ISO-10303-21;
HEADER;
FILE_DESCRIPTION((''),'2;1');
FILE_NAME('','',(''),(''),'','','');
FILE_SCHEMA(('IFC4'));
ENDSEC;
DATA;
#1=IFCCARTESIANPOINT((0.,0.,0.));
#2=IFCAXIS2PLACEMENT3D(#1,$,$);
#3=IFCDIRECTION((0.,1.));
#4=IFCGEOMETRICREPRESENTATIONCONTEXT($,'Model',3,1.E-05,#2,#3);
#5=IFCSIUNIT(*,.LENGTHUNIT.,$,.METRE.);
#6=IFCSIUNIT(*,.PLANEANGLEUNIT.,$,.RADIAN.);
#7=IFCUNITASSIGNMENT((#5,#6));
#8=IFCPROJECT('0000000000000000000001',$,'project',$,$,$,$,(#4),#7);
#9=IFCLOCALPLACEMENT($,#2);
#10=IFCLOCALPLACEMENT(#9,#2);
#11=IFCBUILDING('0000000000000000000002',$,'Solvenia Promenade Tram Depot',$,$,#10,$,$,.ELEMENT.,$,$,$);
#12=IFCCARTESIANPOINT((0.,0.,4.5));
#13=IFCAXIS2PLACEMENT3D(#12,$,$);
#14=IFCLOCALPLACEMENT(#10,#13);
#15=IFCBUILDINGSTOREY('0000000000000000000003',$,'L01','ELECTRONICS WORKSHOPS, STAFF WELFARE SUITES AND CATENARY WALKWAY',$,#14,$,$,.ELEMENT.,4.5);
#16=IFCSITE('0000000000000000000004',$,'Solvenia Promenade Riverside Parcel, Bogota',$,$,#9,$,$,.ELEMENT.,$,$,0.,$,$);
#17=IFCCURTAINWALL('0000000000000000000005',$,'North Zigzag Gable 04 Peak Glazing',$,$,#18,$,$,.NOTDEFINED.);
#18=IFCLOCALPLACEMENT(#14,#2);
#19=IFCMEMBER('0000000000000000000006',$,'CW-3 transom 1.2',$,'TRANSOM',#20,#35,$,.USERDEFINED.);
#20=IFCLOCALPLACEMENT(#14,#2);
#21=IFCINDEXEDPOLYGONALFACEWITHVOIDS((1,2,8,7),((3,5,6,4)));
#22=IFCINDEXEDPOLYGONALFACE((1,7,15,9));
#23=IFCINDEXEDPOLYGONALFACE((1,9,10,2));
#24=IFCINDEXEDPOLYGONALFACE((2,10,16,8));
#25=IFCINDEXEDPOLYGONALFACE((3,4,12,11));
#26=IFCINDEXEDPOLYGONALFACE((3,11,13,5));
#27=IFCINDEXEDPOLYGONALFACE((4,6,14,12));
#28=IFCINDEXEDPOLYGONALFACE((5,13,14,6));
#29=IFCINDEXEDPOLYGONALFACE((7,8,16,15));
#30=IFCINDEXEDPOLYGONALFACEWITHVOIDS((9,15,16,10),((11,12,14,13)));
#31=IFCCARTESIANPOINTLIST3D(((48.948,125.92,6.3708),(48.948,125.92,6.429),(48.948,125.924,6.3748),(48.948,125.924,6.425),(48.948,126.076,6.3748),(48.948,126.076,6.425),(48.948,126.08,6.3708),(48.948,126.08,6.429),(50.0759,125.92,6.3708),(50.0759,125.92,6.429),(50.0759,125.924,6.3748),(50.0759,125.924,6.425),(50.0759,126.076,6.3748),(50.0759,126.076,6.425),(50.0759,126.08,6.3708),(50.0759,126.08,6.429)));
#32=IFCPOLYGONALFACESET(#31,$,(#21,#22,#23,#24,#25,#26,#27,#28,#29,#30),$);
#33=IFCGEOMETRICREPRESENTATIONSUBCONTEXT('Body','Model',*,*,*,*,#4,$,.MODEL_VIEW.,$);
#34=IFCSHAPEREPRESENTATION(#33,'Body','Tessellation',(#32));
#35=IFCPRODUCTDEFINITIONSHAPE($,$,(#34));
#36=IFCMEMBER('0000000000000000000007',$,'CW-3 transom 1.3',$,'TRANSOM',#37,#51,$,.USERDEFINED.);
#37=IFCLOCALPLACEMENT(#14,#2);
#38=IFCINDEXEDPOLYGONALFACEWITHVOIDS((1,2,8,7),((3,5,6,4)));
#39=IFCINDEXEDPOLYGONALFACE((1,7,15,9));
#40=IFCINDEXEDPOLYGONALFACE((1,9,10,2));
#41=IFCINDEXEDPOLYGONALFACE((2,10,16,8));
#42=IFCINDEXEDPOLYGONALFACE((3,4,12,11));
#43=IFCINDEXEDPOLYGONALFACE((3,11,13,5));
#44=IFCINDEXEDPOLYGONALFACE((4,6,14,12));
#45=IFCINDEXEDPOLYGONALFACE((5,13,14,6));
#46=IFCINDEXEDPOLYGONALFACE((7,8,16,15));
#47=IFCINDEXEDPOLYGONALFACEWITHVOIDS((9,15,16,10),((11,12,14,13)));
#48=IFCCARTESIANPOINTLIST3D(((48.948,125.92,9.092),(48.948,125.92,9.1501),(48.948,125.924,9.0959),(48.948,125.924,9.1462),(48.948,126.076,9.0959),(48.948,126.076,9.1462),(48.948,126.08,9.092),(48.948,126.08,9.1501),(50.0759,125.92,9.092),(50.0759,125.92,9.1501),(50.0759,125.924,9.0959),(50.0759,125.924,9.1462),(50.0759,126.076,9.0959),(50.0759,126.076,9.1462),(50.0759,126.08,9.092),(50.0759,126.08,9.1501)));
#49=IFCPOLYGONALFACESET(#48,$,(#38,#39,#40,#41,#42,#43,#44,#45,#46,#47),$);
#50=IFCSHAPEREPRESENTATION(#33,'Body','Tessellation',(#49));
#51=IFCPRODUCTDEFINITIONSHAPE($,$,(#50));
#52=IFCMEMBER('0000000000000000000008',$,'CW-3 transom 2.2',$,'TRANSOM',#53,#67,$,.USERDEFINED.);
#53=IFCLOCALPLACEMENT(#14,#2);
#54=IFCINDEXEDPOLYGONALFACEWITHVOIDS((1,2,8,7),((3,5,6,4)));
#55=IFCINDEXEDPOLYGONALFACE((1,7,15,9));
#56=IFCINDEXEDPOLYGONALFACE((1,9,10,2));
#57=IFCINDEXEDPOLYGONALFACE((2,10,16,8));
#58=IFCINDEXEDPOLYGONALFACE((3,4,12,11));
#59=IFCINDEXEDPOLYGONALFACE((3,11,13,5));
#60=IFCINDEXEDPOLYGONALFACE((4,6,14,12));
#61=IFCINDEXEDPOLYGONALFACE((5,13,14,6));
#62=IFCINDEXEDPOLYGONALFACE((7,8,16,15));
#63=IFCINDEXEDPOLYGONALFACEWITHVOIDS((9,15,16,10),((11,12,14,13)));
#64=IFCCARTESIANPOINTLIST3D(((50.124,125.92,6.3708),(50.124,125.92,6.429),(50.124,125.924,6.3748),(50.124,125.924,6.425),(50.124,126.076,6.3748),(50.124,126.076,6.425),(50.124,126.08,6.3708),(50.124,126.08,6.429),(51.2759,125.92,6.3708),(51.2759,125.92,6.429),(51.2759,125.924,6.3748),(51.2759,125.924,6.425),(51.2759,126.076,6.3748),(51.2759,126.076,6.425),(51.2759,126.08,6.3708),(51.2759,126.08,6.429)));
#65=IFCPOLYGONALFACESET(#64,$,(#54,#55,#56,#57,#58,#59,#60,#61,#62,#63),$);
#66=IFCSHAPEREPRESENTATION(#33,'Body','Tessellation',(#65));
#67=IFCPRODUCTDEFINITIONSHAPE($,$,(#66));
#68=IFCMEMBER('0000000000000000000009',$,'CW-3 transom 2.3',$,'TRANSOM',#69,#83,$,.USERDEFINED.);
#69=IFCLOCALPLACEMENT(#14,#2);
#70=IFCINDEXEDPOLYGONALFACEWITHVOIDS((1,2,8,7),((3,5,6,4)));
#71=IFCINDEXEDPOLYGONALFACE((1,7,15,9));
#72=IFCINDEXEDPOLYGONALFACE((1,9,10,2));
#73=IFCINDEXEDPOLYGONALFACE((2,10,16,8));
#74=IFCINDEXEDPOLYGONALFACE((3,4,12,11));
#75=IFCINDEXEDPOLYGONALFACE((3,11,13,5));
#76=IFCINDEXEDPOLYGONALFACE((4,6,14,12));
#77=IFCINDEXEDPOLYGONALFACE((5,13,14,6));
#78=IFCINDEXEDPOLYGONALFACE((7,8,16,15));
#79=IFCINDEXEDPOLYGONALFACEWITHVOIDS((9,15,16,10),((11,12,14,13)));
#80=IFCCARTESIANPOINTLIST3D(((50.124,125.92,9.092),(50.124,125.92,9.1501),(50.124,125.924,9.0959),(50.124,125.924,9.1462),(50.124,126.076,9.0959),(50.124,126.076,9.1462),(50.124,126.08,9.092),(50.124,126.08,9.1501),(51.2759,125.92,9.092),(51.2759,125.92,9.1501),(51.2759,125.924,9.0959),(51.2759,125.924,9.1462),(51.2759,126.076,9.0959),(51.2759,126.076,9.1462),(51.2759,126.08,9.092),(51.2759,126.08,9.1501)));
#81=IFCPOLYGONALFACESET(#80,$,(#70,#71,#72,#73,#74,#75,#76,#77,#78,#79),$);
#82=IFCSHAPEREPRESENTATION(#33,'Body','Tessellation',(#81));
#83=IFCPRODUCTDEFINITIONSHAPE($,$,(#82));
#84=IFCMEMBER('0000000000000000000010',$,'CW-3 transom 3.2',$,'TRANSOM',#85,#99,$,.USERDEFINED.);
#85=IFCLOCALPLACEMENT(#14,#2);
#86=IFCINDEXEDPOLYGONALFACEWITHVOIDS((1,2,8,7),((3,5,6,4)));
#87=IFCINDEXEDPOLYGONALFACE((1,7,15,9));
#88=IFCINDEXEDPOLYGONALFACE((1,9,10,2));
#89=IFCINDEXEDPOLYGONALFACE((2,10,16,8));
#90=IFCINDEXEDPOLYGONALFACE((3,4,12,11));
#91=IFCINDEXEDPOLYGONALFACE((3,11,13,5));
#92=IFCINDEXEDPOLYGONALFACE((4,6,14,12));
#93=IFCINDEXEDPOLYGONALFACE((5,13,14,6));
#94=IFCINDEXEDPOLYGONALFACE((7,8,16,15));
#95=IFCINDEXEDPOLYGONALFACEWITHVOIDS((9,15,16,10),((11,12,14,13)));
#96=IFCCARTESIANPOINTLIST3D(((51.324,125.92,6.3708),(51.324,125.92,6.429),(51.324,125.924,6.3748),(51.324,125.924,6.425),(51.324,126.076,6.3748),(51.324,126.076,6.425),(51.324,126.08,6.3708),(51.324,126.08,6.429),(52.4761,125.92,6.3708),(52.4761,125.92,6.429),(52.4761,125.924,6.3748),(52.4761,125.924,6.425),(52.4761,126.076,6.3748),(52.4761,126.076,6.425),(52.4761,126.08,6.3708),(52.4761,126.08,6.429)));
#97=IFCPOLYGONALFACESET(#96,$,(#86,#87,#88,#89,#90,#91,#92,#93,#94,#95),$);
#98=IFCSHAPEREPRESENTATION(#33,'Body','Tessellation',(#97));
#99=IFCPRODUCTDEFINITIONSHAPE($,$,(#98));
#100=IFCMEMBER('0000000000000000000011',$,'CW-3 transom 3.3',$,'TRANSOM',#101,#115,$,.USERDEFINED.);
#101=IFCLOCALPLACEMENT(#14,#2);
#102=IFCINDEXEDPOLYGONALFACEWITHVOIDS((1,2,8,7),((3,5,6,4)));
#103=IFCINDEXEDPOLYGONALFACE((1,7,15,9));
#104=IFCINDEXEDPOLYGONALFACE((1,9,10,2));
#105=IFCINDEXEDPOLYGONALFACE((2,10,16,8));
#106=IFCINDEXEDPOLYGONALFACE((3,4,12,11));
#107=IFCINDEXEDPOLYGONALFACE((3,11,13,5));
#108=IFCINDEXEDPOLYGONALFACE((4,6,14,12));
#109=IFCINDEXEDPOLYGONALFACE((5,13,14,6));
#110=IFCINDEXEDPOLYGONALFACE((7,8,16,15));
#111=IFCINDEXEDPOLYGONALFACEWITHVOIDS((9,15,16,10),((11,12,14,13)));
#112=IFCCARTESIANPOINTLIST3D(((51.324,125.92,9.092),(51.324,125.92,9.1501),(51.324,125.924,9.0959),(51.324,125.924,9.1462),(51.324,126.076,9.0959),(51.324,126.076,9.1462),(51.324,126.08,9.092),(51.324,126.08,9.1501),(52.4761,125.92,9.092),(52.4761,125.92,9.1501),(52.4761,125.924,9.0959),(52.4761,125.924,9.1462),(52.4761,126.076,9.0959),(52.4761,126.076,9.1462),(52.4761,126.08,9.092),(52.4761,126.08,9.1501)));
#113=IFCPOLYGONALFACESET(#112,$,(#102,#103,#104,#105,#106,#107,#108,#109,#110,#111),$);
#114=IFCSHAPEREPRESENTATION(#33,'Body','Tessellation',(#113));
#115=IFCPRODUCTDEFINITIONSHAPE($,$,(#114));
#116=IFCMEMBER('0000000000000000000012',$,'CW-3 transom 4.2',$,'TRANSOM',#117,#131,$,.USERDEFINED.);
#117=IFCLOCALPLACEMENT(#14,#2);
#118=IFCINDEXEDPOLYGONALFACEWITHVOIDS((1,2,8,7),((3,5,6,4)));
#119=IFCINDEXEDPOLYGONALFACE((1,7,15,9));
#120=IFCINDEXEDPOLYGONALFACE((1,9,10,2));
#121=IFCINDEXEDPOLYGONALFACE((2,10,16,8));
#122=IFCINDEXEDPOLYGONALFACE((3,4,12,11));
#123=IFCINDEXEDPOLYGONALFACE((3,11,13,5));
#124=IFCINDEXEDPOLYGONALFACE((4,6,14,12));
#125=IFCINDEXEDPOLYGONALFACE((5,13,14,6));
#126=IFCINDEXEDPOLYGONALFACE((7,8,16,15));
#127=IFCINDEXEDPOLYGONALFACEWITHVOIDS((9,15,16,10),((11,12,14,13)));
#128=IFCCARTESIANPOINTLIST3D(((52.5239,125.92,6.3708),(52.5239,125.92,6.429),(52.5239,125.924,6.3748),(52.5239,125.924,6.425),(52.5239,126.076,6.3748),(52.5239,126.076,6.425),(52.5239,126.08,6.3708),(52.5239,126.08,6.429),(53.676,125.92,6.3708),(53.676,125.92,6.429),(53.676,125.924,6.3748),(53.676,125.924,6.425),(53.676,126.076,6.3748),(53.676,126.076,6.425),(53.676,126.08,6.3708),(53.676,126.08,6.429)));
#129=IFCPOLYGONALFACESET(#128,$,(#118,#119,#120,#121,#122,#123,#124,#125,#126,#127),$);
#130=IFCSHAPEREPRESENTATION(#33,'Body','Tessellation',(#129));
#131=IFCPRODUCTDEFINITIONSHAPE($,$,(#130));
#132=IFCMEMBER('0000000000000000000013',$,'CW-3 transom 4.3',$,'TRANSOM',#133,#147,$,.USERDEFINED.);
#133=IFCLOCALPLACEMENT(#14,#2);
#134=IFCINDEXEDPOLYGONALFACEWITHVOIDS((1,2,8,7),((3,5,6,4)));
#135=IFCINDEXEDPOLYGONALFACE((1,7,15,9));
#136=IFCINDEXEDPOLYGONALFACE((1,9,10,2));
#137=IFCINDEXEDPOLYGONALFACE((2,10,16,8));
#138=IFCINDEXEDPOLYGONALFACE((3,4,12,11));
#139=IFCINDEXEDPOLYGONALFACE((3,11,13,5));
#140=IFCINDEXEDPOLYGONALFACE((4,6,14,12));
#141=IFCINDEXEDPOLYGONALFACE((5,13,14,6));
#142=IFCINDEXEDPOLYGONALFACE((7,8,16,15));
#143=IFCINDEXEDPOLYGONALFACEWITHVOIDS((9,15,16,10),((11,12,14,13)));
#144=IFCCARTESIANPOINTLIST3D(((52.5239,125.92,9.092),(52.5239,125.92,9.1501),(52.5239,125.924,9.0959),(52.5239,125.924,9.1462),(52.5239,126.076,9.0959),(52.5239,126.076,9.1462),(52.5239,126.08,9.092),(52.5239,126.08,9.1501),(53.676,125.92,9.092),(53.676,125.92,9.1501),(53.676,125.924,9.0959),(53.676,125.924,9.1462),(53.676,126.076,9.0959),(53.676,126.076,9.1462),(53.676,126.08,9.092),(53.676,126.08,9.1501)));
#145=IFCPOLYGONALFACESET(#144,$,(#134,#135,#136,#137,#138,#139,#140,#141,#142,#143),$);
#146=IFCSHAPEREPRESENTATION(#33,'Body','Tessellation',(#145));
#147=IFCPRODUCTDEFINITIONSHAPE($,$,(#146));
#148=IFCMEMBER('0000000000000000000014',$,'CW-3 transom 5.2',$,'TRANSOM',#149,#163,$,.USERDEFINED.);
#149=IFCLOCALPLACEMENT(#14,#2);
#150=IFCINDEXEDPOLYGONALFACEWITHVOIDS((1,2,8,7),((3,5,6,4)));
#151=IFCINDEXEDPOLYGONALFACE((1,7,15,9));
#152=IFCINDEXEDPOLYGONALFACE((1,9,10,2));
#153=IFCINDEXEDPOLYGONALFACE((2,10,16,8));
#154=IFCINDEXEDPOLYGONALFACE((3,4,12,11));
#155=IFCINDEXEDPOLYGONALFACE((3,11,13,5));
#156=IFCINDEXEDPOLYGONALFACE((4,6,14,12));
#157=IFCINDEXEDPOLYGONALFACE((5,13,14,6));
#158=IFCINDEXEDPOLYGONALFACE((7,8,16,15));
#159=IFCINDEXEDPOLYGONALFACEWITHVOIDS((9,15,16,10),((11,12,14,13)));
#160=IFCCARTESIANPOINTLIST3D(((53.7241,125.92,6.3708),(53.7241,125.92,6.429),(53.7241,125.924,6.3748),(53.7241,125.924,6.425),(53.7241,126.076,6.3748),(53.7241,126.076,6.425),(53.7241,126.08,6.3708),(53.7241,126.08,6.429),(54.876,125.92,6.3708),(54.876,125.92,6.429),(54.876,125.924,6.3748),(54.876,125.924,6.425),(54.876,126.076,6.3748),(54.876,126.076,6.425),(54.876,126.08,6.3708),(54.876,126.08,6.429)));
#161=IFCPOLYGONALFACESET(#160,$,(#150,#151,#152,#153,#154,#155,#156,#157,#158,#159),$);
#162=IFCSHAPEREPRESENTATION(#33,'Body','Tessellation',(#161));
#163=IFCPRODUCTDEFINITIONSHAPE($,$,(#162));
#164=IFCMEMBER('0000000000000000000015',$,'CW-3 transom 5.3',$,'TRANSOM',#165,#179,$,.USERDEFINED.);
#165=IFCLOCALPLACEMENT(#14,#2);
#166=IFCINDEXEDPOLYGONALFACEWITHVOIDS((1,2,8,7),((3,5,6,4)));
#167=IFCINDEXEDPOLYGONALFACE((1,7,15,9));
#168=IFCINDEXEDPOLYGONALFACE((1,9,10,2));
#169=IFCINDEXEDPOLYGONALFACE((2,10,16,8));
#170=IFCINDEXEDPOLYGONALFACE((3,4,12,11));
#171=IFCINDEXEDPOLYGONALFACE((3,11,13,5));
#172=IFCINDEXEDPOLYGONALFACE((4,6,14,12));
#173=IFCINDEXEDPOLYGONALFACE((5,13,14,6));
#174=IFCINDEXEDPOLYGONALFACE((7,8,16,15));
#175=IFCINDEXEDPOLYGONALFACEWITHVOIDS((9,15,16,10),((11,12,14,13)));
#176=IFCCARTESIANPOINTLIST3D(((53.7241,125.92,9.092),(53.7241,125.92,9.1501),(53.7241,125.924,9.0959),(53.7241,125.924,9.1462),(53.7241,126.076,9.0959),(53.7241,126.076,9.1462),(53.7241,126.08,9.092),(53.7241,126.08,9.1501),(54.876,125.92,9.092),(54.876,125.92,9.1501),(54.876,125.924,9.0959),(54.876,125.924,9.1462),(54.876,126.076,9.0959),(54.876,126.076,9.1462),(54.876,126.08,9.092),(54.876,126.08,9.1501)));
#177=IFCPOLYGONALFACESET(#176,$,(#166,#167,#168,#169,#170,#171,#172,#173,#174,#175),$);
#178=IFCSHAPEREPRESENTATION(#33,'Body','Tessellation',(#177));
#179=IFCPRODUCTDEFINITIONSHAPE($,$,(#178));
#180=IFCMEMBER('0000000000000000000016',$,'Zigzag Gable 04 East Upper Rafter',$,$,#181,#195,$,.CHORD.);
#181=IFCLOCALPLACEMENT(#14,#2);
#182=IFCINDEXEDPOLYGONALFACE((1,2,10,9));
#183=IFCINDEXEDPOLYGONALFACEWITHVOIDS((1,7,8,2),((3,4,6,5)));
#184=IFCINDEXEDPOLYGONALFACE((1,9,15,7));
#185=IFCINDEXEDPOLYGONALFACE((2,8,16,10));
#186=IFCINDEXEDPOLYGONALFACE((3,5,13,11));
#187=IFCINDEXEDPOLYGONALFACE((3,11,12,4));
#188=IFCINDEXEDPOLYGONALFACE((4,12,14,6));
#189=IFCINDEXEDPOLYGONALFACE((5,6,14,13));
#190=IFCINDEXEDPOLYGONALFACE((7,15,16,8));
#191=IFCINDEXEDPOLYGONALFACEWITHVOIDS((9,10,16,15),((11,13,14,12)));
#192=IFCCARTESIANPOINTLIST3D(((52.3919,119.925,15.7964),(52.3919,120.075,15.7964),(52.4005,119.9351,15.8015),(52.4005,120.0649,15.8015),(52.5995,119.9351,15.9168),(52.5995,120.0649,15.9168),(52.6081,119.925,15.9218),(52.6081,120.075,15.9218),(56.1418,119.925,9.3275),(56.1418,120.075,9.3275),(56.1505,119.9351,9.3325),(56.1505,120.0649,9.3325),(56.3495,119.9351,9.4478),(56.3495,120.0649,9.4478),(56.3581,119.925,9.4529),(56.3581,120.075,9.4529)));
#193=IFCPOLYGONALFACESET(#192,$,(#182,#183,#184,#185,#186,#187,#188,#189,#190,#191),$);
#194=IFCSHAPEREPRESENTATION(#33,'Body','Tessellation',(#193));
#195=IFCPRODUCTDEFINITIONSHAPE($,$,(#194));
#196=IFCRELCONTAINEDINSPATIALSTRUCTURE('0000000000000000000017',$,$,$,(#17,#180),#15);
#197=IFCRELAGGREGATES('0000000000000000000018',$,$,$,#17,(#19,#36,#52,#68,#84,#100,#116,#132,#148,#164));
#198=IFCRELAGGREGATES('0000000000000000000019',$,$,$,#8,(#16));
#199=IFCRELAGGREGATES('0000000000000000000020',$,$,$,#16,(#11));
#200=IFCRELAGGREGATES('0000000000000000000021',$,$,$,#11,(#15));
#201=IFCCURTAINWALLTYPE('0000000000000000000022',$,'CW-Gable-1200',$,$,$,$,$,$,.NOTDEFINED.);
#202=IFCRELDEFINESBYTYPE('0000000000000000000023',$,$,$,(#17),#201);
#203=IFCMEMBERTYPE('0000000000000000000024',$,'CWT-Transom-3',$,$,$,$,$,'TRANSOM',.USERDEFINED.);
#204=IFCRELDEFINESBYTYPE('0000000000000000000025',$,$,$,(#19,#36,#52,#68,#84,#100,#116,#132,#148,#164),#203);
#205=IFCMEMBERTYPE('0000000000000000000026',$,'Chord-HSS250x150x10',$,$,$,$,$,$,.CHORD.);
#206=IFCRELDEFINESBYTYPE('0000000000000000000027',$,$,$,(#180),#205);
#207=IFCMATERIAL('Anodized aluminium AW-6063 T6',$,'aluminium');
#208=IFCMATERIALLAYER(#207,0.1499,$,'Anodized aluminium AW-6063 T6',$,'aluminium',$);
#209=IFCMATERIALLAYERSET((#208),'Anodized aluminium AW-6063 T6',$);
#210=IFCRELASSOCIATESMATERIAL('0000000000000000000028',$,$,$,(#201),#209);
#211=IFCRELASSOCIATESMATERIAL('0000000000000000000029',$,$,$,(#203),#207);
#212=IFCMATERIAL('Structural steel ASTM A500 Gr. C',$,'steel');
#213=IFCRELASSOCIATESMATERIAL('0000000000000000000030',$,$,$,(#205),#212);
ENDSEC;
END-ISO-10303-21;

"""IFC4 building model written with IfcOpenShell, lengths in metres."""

from ifc_helpers import new_model, si_unit, direction, frame, origin, origin_2d, place, context, subcontext, project, spatial, hollow_rectangle, extrude, material, layer, layer_set, material_profile, profile_set, type_object, element, aggregate, save


model = new_model("IFC4")

# Units and contexts
model_context = context("Model", 3, precision=1e-05, world=origin(), true_north=direction((0.0, 1.0)))
body_context = subcontext(model_context, "Body", "Model", "MODEL_VIEW")
ifc_project = project(units=[si_unit("LENGTHUNIT", "METRE"), si_unit("PLANEANGLEUNIT", "RADIAN")], contexts=[model_context])

# Site, building, storey
site_placement = place(None, origin())
site = spatial("IfcSite", under=ifc_project, at=site_placement, Name="Solvenia Promenade Riverside Parcel, Bogota", CompositionType="ELEMENT", RefElevation=0.0)
building_placement = place(site_placement, origin())
building = spatial("IfcBuilding", under=site, at=building_placement, Name="Solvenia Promenade Tram Depot", CompositionType="ELEMENT")
storey_placement = place(building_placement, frame((0.0, 0.0, 4.5)))
storey = spatial("IfcBuildingStorey", under=building, at=storey_placement, Name="L01", Description="ELECTRONICS WORKSHOPS, STAFF WELFARE SUITES AND CATENARY WALKWAY", CompositionType="ELEMENT", Elevation=4.5)

# Curtain wall, members
ifc_material_1 = material(Name="Anodized aluminium AW-6063 T6", Category="aluminium")
ifc_layer_1 = layer(ifc_material_1, 0.1499, Name="Anodized aluminium AW-6063 T6", Category="aluminium")
ifc_layer_set_1 = layer_set([ifc_layer_1], Name="Anodized aluminium AW-6063 T6")
curtain_wall_type = type_object("IfcCurtainWallType", Name="CW-Gable-1200", PredefinedType="NOTDEFINED", material=ifc_layer_set_1)
curtain_wall_placement = place(storey_placement, origin())
curtain_wall = element("IfcCurtainWall", 1, at=curtain_wall_placement, inside=storey, type_object=curtain_wall_type, Name="North Zigzag Gable 04 Peak Glazing", PredefinedType="NOTDEFINED")
ifc_material_profile_1 = material_profile(ifc_material_1, hollow_rectangle(XDim=0.1599, YDim=0.0581, WallThickness=0.0039, at=origin_2d()), Name="ALU-T3", Category="aluminium")
ifc_profile_set_1 = profile_set([ifc_material_profile_1], Name="Anodized aluminium AW-6063 T6")
member_type_1 = type_object("IfcMemberType", Name="CWT-Transom-3", ElementType="TRANSOM", PredefinedType="USERDEFINED", material=ifc_profile_set_1)
member_1_placement = place(storey_placement, frame((48.948, 126.0, 6.3999), z_axis=(1.0, 0.0, 0.0), x_axis=(0.0, 1.0, 0.0)))
member_1 = element("IfcMember", 2, at=member_1_placement, type_object=member_type_1, Name="CW-3 transom 1.2", ObjectType="TRANSOM", PredefinedType="USERDEFINED", context=body_context, shape_type="SweptSolid", body=[
    extrude(hollow_rectangle(XDim=0.1599, YDim=0.0581, WallThickness=0.0039, at=origin_2d()), origin(), (0.0, 0.0, 1.0), 1.1279),
])
member_2_placement = place(storey_placement, frame((48.948, 126.0, 9.1211), z_axis=(1.0, 0.0, 0.0), x_axis=(0.0, 1.0, 0.0)))
member_2 = element("IfcMember", 3, at=member_2_placement, type_object=member_type_1, Name="CW-3 transom 1.3", ObjectType="TRANSOM", PredefinedType="USERDEFINED", context=body_context, shape_type="SweptSolid", body=[
    extrude(hollow_rectangle(XDim=0.1599, YDim=0.0581, WallThickness=0.0039, at=origin_2d()), origin(), (0.0, 0.0, 1.0), 1.1279),
])
member_3_placement = place(storey_placement, frame((50.124, 126.0, 6.3999), z_axis=(1.0, 0.0, 0.0), x_axis=(0.0, 1.0, 0.0)))
member_3 = element("IfcMember", 4, at=member_3_placement, type_object=member_type_1, Name="CW-3 transom 2.2", ObjectType="TRANSOM", PredefinedType="USERDEFINED", context=body_context, shape_type="SweptSolid", body=[
    extrude(hollow_rectangle(XDim=0.1599, YDim=0.0581, WallThickness=0.0039, at=origin_2d()), origin(), (0.0, 0.0, 1.0), 1.1519),
])
member_4_placement = place(storey_placement, frame((50.124, 126.0, 9.1211), z_axis=(1.0, 0.0, 0.0), x_axis=(0.0, 1.0, 0.0)))
member_4 = element("IfcMember", 5, at=member_4_placement, type_object=member_type_1, Name="CW-3 transom 2.3", ObjectType="TRANSOM", PredefinedType="USERDEFINED", context=body_context, shape_type="SweptSolid", body=[
    extrude(hollow_rectangle(XDim=0.1599, YDim=0.0581, WallThickness=0.0039, at=origin_2d()), origin(), (0.0, 0.0, 1.0), 1.1519),
])
member_5_placement = place(storey_placement, frame((51.324, 126.0, 6.3999), z_axis=(1.0, 0.0, 0.0), x_axis=(0.0, 1.0, 0.0)))
member_5 = element("IfcMember", 6, at=member_5_placement, type_object=member_type_1, Name="CW-3 transom 3.2", ObjectType="TRANSOM", PredefinedType="USERDEFINED", context=body_context, shape_type="SweptSolid", body=[
    extrude(hollow_rectangle(XDim=0.1599, YDim=0.0581, WallThickness=0.0039, at=origin_2d()), origin(), (0.0, 0.0, 1.0), 1.1521),
])
member_6_placement = place(storey_placement, frame((51.324, 126.0, 9.1211), z_axis=(1.0, 0.0, 0.0), x_axis=(0.0, 1.0, 0.0)))
member_6 = element("IfcMember", 7, at=member_6_placement, type_object=member_type_1, Name="CW-3 transom 3.3", ObjectType="TRANSOM", PredefinedType="USERDEFINED", context=body_context, shape_type="SweptSolid", body=[
    extrude(hollow_rectangle(XDim=0.1599, YDim=0.0581, WallThickness=0.0039, at=origin_2d()), origin(), (0.0, 0.0, 1.0), 1.1521),
])
member_7_placement = place(storey_placement, frame((52.5239, 126.0, 6.3999), z_axis=(1.0, 0.0, 0.0), x_axis=(0.0, 1.0, 0.0)))
member_7 = element("IfcMember", 8, at=member_7_placement, type_object=member_type_1, Name="CW-3 transom 4.2", ObjectType="TRANSOM", PredefinedType="USERDEFINED", context=body_context, shape_type="SweptSolid", body=[
    extrude(hollow_rectangle(XDim=0.1599, YDim=0.0581, WallThickness=0.0039, at=origin_2d()), origin(), (0.0, 0.0, 1.0), 1.1521),
])
member_8_placement = place(storey_placement, frame((52.5239, 126.0, 9.1211), z_axis=(1.0, 0.0, 0.0), x_axis=(0.0, 1.0, 0.0)))
member_8 = element("IfcMember", 9, at=member_8_placement, type_object=member_type_1, Name="CW-3 transom 4.3", ObjectType="TRANSOM", PredefinedType="USERDEFINED", context=body_context, shape_type="SweptSolid", body=[
    extrude(hollow_rectangle(XDim=0.1599, YDim=0.0581, WallThickness=0.0039, at=origin_2d()), origin(), (0.0, 0.0, 1.0), 1.1521),
])
member_9_placement = place(storey_placement, frame((53.7241, 126.0, 6.3999), z_axis=(1.0, 0.0, 0.0), x_axis=(0.0, 1.0, 0.0)))
member_9 = element("IfcMember", 10, at=member_9_placement, type_object=member_type_1, Name="CW-3 transom 5.2", ObjectType="TRANSOM", PredefinedType="USERDEFINED", context=body_context, shape_type="SweptSolid", body=[
    extrude(hollow_rectangle(XDim=0.1599, YDim=0.0581, WallThickness=0.0039, at=origin_2d()), origin(), (0.0, 0.0, 1.0), 1.1519),
])
member_10_placement = place(storey_placement, frame((53.7241, 126.0, 9.1211), z_axis=(1.0, 0.0, 0.0), x_axis=(0.0, 1.0, 0.0)))
member_10 = element("IfcMember", 11, at=member_10_placement, type_object=member_type_1, Name="CW-3 transom 5.3", ObjectType="TRANSOM", PredefinedType="USERDEFINED", context=body_context, shape_type="SweptSolid", body=[
    extrude(hollow_rectangle(XDim=0.1599, YDim=0.0581, WallThickness=0.0039, at=origin_2d()), origin(), (0.0, 0.0, 1.0), 1.1519),
])

# Member
ifc_material_2 = material(Name="Structural steel ASTM A500 Gr. C", Category="steel")
ifc_material_profile_2 = material_profile(ifc_material_2, hollow_rectangle(XDim=0.1499, YDim=0.25, WallThickness=0.01, at=origin_2d()), Name="HSS250x150x10", Category="steel")
ifc_profile_set_2 = profile_set([ifc_material_profile_2], Name="Structural steel ASTM A500 Gr. C")
member_type_2 = type_object("IfcMemberType", Name="Chord-HSS250x150x10", PredefinedType="CHORD", material=ifc_profile_set_2)
member_11_placement = place(storey_placement, frame((52.5, 120.0, 15.8591), z_axis=(0.501516, 0.0, -0.865148), x_axis=(0.0, 1.0, 0.0)))
element("IfcMember", 12, at=member_11_placement, inside=storey, type_object=member_type_2, Name="Zigzag Gable 04 East Upper Rafter", PredefinedType="CHORD", context=body_context, shape_type="SweptSolid", body=[
    extrude(hollow_rectangle(XDim=0.1499, YDim=0.25, WallThickness=0.01, at=origin_2d()), origin(), (0.0, 0.0, 1.0), 7.4773),
])

aggregate(curtain_wall, [member_1, member_2, member_3, member_4, member_5, member_6, member_7, member_8, member_9, member_10])

save(model, "model.ifc")
